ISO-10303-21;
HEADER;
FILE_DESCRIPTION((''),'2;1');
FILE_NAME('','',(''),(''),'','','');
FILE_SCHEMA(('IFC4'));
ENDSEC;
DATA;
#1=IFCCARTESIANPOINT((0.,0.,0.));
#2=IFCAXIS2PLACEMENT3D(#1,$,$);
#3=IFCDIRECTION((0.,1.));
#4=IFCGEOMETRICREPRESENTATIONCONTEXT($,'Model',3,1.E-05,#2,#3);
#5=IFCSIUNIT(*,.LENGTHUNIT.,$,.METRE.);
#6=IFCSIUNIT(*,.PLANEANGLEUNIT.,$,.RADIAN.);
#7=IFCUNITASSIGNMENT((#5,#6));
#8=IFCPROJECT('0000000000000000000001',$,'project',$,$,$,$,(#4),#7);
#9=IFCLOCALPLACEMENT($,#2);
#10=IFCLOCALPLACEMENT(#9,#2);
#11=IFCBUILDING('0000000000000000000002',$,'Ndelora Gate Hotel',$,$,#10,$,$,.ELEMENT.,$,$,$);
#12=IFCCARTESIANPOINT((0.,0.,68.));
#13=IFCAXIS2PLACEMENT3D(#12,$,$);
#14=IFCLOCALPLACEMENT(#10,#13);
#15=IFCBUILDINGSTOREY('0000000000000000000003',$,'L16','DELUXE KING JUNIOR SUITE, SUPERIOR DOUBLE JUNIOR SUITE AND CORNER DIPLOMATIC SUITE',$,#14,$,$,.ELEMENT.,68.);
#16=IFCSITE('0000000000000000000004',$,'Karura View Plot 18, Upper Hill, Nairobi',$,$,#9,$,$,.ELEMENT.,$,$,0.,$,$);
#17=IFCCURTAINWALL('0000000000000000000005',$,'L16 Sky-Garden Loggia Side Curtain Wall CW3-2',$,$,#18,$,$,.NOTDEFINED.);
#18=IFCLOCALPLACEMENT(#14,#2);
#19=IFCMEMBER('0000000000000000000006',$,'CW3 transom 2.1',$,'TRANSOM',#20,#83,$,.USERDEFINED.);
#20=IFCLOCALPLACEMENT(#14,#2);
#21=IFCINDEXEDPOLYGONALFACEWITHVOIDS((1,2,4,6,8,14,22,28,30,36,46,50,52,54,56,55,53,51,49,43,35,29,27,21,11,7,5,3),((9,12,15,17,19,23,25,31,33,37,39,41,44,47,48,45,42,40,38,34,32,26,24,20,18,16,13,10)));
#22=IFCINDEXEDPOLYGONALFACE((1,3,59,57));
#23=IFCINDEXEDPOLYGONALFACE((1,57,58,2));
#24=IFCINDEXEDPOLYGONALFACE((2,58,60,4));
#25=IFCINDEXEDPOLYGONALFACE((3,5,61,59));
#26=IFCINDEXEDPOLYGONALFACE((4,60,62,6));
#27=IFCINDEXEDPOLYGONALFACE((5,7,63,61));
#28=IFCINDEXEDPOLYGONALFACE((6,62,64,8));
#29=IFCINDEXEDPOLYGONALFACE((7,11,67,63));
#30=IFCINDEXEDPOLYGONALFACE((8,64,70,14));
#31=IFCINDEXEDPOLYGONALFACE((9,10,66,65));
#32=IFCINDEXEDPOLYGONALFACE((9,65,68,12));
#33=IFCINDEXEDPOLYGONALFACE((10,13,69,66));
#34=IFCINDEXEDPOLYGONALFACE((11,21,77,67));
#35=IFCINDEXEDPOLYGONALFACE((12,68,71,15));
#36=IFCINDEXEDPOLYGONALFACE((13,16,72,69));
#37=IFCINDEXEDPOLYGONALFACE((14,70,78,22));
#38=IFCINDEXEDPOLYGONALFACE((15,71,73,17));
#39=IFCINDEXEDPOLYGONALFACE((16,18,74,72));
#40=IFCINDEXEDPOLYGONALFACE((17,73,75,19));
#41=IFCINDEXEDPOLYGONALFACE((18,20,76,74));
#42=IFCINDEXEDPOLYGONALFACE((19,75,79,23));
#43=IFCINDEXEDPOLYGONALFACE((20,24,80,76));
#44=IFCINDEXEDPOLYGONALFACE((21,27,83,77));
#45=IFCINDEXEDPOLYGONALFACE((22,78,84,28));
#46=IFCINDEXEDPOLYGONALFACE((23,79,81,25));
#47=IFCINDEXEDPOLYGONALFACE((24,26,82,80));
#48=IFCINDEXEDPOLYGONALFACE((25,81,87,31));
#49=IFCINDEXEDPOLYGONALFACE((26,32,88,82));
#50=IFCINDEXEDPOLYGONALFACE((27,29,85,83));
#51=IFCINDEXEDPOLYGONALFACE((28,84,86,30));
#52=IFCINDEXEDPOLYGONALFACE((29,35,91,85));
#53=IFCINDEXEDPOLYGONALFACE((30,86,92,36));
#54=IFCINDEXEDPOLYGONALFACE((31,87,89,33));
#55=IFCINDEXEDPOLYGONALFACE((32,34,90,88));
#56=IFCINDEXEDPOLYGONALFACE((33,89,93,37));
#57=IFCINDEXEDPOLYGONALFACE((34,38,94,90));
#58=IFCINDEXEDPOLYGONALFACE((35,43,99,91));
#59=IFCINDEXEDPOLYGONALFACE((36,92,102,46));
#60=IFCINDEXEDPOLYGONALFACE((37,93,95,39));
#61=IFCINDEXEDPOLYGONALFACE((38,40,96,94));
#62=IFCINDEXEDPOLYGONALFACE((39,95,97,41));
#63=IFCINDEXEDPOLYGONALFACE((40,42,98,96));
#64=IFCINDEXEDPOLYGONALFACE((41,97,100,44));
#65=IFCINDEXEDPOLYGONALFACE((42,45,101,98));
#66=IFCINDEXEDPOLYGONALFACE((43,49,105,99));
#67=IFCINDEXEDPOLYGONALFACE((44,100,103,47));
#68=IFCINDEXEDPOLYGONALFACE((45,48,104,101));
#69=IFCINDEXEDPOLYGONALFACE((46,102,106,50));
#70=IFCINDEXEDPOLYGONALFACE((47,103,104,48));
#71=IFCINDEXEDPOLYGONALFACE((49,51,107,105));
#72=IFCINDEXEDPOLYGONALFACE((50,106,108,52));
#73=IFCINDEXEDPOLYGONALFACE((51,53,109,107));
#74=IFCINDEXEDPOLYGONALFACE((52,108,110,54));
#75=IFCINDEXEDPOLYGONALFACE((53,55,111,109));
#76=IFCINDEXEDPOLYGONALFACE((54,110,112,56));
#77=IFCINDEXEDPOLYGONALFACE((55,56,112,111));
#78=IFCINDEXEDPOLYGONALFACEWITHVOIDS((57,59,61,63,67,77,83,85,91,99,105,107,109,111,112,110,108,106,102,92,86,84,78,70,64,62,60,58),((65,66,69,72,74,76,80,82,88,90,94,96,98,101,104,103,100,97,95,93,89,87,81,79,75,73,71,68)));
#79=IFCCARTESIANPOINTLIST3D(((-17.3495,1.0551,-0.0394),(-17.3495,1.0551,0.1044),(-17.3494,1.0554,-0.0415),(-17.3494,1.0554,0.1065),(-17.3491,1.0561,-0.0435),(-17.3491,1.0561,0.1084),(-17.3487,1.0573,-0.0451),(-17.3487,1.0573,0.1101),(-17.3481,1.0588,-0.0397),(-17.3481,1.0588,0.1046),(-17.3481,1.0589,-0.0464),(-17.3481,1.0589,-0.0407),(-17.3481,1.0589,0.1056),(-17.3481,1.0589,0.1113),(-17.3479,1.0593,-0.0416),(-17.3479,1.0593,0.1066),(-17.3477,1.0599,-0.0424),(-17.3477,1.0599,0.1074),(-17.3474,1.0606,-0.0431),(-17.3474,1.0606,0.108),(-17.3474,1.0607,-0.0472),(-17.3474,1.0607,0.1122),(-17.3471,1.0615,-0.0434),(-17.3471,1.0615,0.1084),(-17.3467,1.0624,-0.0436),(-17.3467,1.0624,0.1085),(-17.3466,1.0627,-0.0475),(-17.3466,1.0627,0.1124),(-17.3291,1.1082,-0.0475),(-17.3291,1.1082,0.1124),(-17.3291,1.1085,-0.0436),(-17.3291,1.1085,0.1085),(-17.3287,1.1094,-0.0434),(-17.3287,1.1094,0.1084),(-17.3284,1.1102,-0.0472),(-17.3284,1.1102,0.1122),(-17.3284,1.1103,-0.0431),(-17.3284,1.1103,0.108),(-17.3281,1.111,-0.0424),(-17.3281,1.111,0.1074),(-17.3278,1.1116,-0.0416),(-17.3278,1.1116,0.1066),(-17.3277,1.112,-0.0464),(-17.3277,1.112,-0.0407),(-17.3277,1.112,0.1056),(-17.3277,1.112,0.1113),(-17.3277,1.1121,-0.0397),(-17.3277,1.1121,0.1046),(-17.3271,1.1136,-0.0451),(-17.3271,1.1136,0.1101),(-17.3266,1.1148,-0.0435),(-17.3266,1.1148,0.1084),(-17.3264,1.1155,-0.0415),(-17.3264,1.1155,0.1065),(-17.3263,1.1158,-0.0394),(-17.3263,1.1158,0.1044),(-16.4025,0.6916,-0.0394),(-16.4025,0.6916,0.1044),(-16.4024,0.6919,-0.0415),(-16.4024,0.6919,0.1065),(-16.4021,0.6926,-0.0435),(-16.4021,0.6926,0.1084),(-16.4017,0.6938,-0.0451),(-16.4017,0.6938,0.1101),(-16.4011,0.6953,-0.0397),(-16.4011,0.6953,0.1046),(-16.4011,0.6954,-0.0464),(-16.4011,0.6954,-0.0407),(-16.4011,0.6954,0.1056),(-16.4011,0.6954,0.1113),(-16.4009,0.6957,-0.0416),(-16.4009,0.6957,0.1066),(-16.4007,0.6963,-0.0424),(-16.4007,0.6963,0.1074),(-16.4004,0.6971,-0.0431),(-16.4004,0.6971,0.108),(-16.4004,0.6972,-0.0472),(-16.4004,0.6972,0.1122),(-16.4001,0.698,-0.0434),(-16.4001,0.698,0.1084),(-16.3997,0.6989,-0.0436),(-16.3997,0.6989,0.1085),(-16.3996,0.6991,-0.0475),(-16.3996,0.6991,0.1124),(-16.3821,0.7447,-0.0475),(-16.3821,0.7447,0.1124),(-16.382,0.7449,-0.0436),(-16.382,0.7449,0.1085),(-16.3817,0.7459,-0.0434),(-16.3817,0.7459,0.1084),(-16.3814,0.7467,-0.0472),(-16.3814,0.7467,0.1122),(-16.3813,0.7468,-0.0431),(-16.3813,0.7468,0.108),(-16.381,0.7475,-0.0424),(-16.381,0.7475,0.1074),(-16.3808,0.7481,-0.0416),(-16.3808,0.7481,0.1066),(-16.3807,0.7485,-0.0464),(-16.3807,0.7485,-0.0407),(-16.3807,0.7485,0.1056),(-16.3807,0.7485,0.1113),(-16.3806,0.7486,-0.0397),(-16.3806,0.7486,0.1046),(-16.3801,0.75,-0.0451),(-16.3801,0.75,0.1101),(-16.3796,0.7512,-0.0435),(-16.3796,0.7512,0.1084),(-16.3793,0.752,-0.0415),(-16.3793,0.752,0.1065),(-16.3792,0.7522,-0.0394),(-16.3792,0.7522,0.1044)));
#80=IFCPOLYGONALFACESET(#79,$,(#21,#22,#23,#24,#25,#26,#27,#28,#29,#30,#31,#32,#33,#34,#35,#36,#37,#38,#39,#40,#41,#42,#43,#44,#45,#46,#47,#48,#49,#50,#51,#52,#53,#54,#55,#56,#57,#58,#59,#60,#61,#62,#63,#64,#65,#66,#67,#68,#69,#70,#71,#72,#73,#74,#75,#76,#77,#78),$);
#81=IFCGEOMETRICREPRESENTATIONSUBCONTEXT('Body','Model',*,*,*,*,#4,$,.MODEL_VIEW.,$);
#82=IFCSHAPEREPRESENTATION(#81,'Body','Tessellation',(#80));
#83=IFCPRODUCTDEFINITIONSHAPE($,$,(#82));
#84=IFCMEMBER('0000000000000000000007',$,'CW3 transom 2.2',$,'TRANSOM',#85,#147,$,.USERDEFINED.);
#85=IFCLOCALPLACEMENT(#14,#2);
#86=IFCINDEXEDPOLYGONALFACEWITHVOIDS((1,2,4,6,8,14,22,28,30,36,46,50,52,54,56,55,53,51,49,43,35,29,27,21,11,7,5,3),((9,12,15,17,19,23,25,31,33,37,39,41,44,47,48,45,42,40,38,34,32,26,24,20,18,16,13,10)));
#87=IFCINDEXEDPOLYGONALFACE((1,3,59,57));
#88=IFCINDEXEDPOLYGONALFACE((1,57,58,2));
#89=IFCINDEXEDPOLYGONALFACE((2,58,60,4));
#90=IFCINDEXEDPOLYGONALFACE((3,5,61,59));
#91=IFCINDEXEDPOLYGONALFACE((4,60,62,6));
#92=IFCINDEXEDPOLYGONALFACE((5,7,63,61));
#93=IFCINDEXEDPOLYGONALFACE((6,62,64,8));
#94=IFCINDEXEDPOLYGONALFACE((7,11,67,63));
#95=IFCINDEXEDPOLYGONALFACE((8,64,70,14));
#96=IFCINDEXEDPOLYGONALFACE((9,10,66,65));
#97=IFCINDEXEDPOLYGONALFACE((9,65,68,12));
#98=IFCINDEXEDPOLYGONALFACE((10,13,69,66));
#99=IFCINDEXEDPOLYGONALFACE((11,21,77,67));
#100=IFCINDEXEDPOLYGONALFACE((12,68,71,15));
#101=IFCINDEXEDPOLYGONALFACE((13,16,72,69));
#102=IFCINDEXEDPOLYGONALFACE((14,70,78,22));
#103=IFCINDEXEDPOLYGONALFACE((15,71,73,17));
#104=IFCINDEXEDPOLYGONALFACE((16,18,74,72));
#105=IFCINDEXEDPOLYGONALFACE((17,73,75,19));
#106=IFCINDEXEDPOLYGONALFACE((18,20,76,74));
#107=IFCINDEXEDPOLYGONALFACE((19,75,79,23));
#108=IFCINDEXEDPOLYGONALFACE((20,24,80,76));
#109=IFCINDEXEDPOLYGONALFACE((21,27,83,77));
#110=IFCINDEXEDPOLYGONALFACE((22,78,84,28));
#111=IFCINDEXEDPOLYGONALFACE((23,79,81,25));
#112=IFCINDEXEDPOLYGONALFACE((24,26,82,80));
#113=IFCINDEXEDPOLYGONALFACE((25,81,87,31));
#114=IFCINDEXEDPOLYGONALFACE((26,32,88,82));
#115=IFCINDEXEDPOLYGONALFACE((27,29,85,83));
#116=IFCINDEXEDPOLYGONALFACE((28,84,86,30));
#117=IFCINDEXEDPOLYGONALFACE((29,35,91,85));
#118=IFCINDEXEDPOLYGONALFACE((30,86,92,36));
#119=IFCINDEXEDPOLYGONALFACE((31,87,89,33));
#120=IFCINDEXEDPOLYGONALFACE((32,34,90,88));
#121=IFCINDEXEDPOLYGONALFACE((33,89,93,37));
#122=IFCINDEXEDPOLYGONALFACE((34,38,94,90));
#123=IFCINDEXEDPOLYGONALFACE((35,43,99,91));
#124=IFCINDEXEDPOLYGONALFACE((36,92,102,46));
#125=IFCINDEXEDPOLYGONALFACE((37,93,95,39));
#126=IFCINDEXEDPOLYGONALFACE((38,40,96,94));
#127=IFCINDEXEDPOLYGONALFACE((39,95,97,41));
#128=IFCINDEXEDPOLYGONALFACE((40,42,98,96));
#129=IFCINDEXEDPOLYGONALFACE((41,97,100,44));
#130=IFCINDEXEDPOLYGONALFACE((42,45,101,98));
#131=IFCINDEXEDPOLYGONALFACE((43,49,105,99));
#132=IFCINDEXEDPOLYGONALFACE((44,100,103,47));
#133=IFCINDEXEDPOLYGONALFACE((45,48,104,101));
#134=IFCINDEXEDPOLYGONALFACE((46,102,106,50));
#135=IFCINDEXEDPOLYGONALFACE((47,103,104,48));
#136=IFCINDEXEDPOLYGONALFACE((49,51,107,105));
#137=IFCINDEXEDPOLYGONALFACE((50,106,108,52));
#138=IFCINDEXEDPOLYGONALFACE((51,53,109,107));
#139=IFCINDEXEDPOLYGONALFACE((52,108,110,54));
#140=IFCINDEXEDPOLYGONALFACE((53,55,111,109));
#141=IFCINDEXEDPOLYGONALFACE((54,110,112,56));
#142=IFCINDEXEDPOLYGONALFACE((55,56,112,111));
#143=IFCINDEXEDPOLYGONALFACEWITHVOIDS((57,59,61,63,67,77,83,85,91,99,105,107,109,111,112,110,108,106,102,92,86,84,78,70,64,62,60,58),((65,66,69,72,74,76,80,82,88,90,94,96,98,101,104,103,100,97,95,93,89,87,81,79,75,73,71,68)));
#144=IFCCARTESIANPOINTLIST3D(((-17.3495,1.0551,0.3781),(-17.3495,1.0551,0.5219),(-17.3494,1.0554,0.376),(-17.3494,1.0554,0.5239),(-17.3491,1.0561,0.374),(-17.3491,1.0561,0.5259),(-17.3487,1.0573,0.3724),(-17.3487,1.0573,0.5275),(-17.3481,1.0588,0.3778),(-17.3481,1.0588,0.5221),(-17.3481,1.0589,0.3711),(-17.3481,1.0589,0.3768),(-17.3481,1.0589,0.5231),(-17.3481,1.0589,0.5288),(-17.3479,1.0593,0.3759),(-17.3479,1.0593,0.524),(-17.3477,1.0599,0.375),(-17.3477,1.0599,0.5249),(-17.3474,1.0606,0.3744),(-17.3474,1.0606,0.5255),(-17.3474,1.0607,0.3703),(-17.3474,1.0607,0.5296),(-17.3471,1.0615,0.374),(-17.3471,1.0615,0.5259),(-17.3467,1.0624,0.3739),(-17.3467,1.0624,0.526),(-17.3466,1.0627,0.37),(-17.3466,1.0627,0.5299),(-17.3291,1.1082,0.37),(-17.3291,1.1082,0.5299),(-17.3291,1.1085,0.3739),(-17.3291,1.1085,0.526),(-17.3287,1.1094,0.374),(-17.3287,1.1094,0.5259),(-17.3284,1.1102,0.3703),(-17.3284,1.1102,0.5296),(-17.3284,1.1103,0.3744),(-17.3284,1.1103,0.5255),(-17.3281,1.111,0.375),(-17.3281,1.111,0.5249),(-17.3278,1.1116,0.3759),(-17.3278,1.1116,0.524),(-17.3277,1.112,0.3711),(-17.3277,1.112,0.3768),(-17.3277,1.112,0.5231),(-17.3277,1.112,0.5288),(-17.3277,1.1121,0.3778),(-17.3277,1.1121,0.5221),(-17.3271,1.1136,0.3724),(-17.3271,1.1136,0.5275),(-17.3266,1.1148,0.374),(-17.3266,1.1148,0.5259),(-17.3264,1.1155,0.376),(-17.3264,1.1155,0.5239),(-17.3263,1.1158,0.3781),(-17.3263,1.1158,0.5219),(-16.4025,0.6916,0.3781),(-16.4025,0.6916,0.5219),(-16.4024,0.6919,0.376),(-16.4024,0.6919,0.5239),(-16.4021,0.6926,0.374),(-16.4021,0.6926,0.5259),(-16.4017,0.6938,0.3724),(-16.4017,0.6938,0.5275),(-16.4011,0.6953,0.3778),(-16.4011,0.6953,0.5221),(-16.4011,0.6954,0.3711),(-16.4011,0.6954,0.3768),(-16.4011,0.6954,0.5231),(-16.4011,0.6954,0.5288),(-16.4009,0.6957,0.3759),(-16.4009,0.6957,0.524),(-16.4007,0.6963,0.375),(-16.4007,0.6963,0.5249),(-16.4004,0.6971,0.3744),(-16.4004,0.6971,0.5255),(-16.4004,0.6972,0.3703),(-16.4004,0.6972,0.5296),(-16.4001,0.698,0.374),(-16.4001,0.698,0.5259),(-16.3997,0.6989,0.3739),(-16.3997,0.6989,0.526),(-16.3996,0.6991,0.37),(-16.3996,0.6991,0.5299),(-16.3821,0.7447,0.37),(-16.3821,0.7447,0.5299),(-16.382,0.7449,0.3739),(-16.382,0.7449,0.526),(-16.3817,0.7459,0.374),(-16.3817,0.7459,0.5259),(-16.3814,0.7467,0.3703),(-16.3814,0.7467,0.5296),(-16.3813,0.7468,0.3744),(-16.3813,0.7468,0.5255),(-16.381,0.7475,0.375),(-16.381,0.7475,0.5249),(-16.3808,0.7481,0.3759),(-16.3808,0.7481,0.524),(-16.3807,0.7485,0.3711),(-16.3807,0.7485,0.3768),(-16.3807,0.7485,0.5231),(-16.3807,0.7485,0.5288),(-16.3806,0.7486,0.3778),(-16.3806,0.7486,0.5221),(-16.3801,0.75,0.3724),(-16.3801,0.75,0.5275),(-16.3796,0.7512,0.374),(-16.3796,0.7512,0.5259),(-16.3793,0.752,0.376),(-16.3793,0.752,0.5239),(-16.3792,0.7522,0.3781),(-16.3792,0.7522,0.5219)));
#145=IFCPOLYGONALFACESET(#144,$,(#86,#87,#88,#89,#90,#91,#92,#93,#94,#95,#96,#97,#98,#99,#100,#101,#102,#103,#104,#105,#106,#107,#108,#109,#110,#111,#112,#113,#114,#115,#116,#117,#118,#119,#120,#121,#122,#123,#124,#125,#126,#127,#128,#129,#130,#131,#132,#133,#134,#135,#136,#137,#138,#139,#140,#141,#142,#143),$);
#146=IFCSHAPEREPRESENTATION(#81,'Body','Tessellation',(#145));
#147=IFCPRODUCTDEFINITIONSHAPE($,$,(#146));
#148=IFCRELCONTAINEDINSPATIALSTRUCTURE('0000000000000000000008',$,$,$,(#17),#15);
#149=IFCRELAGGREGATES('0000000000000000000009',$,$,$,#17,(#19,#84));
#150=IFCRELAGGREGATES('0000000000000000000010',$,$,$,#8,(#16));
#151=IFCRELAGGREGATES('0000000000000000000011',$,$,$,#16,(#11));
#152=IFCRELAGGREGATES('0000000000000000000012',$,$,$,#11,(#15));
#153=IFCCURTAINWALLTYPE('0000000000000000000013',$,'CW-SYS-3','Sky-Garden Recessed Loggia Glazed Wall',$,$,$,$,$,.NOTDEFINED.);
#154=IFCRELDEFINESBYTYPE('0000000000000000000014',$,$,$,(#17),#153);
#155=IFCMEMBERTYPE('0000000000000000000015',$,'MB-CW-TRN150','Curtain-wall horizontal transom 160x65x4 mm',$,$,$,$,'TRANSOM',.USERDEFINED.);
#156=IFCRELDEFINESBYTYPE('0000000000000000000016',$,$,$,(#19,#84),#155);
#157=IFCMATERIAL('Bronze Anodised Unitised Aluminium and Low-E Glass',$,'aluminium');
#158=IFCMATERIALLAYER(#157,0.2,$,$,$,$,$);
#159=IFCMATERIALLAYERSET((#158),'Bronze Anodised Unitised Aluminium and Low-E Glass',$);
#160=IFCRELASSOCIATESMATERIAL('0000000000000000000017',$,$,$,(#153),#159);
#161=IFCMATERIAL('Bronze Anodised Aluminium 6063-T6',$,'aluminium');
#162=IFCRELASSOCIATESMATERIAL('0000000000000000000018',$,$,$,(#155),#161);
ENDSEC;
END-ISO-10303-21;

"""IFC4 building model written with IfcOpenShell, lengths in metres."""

from ifc_helpers import new_model, si_unit, direction, frame, origin, origin_2d, place, context, subcontext, project, spatial, hollow_rectangle, extrude, material, layer, layer_set, material_profile, profile_set, type_object, element, aggregate, save


model = new_model("IFC4")

# Units and contexts
model_context = context("Model", 3, precision=1e-05, world=origin(), true_north=direction((0.0, 1.0)))
body_context = subcontext(model_context, "Body", "Model", "MODEL_VIEW")
ifc_project = project(units=[si_unit("LENGTHUNIT", "METRE"), si_unit("PLANEANGLEUNIT", "RADIAN")], contexts=[model_context])

# Site, building, storey
site_placement = place(None, origin())
site = spatial("IfcSite", under=ifc_project, at=site_placement, Name="Karura View Plot 18, Upper Hill, Nairobi", CompositionType="ELEMENT", RefElevation=0.0)
building_placement = place(site_placement, origin())
building = spatial("IfcBuilding", under=site, at=building_placement, Name="Ndelora Gate Hotel", CompositionType="ELEMENT")
storey_placement = place(building_placement, frame((0.0, 0.0, 68.0)))
storey = spatial("IfcBuildingStorey", under=building, at=storey_placement, Name="L16", Description="DELUXE KING JUNIOR SUITE, SUPERIOR DOUBLE JUNIOR SUITE AND CORNER DIPLOMATIC SUITE", CompositionType="ELEMENT", Elevation=68.0)

# Curtain wall, members
ifc_material_1 = material(Name="Bronze Anodised Unitised Aluminium and Low-E Glass", Category="aluminium")
ifc_layer_1 = layer(ifc_material_1, 0.2)
ifc_layer_set_1 = layer_set([ifc_layer_1], Name="Bronze Anodised Unitised Aluminium and Low-E Glass")
curtain_wall_type = type_object("IfcCurtainWallType", Name="CW-SYS-3", Description="Sky-Garden Recessed Loggia Glazed Wall", PredefinedType="NOTDEFINED", material=ifc_layer_set_1)
curtain_wall_placement = place(storey_placement, origin())
curtain_wall = element("IfcCurtainWall", 1, at=curtain_wall_placement, inside=storey, type_object=curtain_wall_type, Name="L16 Sky-Garden Loggia Side Curtain Wall CW3-2", PredefinedType="NOTDEFINED")
ifc_material_2 = material(Name="Bronze Anodised Aluminium 6063-T6", Category="aluminium")
ifc_material_profile_1 = material_profile(ifc_material_2, hollow_rectangle(XDim=0.0649, YDim=0.1599, WallThickness=0.0039, InnerFilletRadius=0.0039, OuterFilletRadius=0.0081, at=origin_2d()), Name="ALU 160x65x4")
ifc_profile_set_1 = profile_set([ifc_material_profile_1], Name="Bronze Anodised Aluminium 6063-T6")
member_type_1 = type_object("IfcMemberType", Name="MB-CW-TRN150", Description="Curtain-wall horizontal transom 160x65x4 mm", ElementType="TRANSOM", PredefinedType="USERDEFINED", material=ifc_profile_set_1)
member_1_placement = place(storey_placement, frame((-17.3379, 1.0854, 0.0325), z_axis=(0.933581, -0.358366, 0.0), x_axis=(0.358366, 0.933581, 0.0)))
member_1 = element("IfcMember", 2, at=member_1_placement, type_object=member_type_1, Name="CW3 transom 2.1", ObjectType="TRANSOM", PredefinedType="USERDEFINED", context=body_context, shape_type="SweptSolid", body=[
    extrude(hollow_rectangle(XDim=0.0649, YDim=0.1599, WallThickness=0.0039, InnerFilletRadius=0.0039, OuterFilletRadius=0.0081, at=origin_2d()), origin(), (0.0, 0.0, 1.0), 1.0144),
])
member_2_placement = place(storey_placement, frame((-17.3379, 1.0854, 0.45), z_axis=(0.933581, -0.358366, 0.0), x_axis=(0.358366, 0.933581, 0.0)))
member_2 = element("IfcMember", 3, at=member_2_placement, type_object=member_type_1, Name="CW3 transom 2.2", ObjectType="TRANSOM", PredefinedType="USERDEFINED", context=body_context, shape_type="SweptSolid", body=[
    extrude(hollow_rectangle(XDim=0.0649, YDim=0.1599, WallThickness=0.0039, InnerFilletRadius=0.0039, OuterFilletRadius=0.0081, at=origin_2d()), origin(), (0.0, 0.0, 1.0), 1.0144),
])
aggregate(curtain_wall, [member_1, member_2])

save(model, "model.ifc")
